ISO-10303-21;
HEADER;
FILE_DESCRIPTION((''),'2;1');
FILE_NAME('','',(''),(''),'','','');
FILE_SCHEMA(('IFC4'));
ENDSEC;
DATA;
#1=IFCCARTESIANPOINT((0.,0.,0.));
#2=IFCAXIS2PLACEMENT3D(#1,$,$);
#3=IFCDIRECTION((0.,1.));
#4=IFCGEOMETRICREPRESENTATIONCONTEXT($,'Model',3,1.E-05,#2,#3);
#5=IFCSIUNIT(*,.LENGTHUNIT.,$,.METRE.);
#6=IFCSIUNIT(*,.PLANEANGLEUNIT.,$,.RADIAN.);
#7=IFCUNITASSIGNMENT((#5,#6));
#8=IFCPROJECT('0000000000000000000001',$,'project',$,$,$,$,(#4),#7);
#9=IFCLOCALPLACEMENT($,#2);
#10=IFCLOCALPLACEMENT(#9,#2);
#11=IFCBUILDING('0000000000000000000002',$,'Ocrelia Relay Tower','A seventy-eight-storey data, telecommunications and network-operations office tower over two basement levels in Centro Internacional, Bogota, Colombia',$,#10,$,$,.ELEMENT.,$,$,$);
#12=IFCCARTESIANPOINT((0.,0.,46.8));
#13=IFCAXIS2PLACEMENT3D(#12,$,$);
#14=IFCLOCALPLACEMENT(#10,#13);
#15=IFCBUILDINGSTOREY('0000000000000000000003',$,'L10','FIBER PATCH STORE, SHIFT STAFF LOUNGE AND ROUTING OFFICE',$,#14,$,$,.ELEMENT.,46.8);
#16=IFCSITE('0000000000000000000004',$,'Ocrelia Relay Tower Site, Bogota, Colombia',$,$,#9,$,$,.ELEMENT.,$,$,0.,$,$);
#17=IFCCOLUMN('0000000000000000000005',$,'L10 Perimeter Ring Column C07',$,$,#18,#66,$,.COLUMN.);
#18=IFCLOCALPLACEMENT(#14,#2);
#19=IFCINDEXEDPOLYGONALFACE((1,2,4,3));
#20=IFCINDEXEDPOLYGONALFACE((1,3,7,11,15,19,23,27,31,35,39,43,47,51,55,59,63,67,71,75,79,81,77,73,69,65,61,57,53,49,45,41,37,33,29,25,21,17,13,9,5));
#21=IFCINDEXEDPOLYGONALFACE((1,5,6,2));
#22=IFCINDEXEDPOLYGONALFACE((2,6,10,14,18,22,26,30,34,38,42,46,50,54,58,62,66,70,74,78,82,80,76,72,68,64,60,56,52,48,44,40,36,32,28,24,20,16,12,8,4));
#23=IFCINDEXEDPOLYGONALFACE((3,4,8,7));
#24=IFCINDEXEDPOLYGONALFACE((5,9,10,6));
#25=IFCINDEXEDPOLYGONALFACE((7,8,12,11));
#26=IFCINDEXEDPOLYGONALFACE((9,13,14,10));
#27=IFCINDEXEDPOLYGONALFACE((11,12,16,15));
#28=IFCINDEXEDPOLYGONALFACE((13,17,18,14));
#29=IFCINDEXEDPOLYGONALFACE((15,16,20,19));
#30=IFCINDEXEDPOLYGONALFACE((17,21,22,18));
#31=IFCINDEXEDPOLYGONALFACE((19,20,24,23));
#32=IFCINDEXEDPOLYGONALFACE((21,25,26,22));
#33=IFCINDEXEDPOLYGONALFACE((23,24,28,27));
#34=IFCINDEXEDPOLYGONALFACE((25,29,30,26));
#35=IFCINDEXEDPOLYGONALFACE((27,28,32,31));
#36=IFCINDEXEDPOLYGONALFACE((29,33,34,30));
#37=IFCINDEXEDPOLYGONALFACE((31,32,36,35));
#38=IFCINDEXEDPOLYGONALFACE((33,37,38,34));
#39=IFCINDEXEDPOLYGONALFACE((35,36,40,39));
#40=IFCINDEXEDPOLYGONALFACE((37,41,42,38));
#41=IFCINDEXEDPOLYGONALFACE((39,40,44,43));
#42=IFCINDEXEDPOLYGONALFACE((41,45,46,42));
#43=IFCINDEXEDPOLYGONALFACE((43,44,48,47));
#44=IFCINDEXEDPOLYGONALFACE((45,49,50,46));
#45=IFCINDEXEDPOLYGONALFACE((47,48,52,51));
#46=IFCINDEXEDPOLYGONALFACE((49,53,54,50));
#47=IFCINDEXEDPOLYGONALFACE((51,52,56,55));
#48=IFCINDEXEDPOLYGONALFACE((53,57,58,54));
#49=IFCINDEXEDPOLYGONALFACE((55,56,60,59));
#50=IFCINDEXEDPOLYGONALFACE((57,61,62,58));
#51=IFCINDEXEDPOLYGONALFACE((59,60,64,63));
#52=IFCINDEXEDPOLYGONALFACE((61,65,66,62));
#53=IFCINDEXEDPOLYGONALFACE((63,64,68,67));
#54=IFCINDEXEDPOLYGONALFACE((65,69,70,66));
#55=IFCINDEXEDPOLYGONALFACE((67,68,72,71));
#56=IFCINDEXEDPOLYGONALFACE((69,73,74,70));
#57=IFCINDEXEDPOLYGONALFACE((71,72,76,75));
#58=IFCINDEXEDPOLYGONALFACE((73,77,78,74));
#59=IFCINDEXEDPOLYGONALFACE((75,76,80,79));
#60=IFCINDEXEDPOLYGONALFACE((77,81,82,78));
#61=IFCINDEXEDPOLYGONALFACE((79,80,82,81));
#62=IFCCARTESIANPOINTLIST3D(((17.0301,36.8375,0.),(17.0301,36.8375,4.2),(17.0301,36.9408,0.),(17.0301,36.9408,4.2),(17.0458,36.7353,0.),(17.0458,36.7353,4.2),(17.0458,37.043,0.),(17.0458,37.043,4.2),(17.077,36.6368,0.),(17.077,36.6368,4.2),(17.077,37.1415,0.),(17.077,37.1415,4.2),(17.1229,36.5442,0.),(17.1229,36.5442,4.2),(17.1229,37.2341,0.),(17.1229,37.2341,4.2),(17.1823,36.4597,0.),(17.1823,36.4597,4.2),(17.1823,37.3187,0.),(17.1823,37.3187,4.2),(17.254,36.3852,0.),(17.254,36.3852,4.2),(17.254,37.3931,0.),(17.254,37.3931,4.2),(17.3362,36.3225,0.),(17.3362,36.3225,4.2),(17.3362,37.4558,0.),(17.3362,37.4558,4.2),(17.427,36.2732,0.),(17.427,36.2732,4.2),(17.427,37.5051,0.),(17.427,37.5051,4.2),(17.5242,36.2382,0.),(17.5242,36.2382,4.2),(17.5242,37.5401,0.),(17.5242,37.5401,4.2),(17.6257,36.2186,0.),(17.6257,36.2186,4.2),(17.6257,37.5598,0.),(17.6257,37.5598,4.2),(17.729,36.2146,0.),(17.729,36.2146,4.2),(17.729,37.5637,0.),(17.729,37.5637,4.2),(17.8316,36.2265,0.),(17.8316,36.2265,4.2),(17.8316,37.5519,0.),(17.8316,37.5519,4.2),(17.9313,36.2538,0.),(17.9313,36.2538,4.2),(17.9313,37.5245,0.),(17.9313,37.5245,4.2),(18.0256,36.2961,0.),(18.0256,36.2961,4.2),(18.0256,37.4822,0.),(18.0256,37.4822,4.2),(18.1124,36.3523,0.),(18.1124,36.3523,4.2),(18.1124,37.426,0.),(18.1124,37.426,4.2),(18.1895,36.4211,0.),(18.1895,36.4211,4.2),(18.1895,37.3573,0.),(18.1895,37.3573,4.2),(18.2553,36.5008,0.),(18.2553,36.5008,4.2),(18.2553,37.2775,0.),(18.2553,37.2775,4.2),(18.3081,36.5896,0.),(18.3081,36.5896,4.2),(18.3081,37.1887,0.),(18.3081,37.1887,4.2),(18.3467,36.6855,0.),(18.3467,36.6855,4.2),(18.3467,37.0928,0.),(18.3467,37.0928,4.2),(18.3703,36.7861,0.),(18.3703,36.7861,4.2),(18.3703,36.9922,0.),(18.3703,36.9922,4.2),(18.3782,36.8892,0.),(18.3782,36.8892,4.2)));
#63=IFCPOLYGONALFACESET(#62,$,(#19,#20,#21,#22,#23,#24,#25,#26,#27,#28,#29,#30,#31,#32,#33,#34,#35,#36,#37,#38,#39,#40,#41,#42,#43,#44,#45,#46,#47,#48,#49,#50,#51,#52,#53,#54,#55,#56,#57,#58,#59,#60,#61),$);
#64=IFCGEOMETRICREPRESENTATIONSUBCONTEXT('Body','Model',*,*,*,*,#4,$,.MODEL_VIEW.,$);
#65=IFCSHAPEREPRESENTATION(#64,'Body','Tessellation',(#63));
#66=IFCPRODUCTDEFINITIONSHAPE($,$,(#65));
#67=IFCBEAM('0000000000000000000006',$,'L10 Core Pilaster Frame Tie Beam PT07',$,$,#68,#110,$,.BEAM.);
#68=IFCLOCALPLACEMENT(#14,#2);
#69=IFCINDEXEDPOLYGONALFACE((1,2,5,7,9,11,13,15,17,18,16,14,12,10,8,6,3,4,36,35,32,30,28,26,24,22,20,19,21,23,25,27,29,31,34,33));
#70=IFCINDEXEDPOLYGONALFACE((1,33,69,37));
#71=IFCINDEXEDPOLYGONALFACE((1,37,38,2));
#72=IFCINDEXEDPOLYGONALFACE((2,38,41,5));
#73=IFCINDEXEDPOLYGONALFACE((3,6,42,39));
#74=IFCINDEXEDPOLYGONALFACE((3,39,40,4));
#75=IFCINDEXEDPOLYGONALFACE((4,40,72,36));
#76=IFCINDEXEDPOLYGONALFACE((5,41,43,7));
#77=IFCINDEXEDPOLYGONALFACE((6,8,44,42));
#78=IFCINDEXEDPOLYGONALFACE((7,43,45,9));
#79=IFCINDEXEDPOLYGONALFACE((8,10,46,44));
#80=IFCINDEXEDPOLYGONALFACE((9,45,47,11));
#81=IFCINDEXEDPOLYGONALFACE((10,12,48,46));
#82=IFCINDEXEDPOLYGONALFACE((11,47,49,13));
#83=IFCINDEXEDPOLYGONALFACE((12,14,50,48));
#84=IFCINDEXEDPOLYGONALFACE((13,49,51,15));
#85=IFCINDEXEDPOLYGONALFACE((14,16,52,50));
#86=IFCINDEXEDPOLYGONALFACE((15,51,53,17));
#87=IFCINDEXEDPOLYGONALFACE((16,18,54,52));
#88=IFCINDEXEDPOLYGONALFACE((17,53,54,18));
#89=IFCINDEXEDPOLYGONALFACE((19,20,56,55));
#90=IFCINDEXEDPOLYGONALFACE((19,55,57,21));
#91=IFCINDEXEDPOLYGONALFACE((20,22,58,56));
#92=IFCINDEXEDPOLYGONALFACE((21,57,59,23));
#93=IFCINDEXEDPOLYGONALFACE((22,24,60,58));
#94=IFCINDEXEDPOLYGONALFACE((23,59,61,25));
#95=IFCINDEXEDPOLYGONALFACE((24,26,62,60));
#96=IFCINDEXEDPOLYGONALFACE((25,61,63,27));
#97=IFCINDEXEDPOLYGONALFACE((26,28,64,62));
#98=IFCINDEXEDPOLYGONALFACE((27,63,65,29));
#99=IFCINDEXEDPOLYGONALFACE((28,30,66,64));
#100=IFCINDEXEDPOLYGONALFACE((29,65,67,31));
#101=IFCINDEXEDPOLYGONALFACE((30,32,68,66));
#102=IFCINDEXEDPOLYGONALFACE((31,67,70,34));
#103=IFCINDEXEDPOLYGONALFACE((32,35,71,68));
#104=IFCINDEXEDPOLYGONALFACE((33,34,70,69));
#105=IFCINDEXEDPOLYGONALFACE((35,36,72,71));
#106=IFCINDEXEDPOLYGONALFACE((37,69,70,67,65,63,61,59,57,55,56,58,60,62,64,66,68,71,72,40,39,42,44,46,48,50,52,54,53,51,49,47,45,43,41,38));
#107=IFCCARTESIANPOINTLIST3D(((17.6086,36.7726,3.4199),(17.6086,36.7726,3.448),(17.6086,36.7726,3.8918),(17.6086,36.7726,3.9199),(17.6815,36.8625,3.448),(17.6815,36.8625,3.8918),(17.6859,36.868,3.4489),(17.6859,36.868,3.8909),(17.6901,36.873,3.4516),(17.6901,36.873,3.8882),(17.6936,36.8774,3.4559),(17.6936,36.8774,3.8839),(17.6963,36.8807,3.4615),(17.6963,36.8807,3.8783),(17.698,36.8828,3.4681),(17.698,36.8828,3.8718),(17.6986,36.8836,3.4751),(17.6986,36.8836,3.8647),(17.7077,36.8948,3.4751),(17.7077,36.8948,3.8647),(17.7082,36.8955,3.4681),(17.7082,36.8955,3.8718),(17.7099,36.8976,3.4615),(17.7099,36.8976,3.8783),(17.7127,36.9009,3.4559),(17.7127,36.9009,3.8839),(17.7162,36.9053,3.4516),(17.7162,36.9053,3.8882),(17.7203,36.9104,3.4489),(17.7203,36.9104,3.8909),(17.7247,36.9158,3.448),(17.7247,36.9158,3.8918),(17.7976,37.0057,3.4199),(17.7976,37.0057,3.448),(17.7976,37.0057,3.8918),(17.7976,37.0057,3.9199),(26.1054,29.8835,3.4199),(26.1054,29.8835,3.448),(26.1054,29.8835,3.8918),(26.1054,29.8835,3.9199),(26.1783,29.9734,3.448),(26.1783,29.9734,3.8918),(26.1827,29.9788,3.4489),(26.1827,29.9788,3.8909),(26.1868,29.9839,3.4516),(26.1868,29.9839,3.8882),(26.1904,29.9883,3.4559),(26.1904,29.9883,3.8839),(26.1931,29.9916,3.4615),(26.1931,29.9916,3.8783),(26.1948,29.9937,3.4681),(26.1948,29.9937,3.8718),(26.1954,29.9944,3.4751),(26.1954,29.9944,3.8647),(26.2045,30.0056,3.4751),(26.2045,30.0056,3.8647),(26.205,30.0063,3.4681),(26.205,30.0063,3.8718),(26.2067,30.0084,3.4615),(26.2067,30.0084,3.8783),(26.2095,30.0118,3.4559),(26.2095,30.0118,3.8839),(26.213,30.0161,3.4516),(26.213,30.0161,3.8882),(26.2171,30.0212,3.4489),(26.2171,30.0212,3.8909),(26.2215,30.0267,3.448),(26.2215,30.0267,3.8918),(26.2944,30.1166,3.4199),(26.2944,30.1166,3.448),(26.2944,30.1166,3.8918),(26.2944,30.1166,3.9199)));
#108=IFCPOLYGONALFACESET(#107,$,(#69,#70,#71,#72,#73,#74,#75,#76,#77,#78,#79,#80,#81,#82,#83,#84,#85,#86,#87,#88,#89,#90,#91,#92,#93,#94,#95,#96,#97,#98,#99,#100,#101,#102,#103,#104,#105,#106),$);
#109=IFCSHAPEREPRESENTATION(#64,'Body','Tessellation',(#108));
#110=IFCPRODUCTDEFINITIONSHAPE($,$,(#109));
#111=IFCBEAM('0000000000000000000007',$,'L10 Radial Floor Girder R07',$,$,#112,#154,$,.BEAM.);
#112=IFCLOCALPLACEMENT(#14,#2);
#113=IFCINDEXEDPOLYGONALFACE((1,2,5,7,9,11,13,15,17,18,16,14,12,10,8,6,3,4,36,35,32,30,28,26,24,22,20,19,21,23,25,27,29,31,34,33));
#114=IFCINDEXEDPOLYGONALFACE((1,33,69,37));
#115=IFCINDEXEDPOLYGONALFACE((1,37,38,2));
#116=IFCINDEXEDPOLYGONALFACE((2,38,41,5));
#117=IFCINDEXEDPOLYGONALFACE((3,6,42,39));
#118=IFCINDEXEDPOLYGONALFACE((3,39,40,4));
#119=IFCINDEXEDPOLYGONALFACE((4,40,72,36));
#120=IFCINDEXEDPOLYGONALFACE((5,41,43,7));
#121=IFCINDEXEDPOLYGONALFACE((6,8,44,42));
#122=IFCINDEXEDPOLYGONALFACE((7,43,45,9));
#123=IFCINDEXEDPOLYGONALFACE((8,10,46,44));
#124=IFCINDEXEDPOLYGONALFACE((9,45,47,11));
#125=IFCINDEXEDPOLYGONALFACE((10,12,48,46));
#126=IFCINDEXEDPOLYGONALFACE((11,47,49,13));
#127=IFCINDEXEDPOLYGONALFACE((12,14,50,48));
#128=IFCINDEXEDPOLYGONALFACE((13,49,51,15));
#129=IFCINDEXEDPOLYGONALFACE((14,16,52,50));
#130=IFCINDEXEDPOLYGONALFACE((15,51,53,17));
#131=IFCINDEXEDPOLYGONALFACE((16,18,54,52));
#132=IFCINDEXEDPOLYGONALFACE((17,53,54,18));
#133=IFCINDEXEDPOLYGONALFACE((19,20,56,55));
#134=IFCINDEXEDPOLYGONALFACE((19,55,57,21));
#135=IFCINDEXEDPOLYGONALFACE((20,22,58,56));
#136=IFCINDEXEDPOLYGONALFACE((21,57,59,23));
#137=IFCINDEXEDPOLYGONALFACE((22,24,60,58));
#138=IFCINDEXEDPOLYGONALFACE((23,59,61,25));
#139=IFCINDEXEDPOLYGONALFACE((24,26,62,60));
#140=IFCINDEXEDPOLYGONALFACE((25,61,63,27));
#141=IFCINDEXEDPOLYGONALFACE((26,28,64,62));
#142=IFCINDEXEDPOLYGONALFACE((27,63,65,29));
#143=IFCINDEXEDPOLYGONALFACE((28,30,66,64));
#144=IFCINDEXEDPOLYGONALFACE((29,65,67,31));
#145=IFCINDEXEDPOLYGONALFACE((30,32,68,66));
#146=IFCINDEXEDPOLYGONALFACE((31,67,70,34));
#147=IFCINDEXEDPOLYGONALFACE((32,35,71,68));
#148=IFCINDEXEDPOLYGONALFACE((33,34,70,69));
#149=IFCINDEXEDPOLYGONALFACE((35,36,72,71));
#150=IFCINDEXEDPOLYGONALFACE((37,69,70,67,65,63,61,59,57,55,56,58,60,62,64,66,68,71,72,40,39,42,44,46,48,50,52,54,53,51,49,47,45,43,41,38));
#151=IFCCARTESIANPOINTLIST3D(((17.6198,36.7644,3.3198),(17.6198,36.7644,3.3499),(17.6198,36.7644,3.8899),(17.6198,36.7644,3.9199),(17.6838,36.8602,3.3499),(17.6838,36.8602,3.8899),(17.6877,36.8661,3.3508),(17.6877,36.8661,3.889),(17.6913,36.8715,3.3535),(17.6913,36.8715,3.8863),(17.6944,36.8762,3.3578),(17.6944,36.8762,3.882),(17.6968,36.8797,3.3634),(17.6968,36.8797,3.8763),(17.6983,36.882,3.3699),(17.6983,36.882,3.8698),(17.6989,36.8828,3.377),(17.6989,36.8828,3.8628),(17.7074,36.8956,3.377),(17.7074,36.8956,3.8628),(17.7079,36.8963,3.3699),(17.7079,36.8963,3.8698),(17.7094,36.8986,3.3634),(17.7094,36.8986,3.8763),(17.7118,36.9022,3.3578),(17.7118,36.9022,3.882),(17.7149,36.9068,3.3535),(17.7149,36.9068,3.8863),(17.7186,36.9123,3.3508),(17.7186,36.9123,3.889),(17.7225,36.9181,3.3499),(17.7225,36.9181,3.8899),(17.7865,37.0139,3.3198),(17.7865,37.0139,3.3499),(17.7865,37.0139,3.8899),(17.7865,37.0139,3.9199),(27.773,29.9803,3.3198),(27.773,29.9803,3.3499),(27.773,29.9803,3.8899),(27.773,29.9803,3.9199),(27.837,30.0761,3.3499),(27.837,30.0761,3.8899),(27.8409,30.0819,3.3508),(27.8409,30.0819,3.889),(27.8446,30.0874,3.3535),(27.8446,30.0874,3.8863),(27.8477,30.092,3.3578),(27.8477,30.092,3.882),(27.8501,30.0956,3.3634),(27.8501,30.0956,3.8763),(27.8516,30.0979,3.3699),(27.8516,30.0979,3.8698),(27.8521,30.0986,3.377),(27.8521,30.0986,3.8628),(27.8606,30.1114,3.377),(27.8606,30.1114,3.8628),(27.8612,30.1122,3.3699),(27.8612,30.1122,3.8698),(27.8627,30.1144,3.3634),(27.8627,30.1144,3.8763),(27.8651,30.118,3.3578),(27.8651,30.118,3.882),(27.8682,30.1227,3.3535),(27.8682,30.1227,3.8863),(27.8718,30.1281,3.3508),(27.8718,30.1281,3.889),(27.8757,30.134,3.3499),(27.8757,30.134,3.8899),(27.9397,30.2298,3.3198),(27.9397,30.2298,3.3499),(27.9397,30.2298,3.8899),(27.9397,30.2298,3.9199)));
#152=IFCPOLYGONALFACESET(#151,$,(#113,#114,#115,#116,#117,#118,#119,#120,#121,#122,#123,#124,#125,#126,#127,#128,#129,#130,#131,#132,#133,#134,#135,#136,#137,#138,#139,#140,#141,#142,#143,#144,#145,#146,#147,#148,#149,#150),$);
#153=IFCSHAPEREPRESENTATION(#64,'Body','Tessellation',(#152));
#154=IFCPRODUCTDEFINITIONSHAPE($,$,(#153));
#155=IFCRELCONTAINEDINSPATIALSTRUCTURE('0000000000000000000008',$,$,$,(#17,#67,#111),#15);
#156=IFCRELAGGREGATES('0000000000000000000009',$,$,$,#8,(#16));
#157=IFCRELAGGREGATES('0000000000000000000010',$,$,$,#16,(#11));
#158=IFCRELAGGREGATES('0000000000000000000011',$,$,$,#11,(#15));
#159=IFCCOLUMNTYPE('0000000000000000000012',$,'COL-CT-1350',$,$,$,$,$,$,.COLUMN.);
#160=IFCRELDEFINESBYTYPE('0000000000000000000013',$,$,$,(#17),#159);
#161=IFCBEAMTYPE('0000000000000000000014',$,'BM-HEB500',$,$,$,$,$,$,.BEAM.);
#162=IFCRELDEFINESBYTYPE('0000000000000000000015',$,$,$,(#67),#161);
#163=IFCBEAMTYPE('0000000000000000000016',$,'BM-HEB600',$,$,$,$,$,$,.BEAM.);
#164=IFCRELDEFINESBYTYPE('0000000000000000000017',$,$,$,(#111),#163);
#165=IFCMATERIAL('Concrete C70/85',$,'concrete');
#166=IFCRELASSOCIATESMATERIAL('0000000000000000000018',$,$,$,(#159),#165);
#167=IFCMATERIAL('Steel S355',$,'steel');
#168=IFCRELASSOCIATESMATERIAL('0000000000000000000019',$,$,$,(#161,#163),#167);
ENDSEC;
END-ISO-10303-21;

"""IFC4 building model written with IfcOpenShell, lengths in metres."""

from ifc_helpers import new_model, si_unit, direction, frame, origin, origin_2d, place, context, subcontext, project, spatial, circle, i_section, extrude, material, material_profile, profile_set, type_object, element, save


model = new_model("IFC4")

# Units and contexts
model_context = context("Model", 3, precision=1e-05, world=origin(), true_north=direction((0.0, 1.0)))
body_context = subcontext(model_context, "Body", "Model", "MODEL_VIEW")
ifc_project = project(units=[si_unit("LENGTHUNIT", "METRE"), si_unit("PLANEANGLEUNIT", "RADIAN")], contexts=[model_context])

# Site, building, storey
site_placement = place(None, origin())
site = spatial("IfcSite", under=ifc_project, at=site_placement, Name="Ocrelia Relay Tower Site, Bogota, Colombia", CompositionType="ELEMENT", RefElevation=0.0)
building_placement = place(site_placement, origin())
building = spatial("IfcBuilding", under=site, at=building_placement, Name="Ocrelia Relay Tower", Description="A seventy-eight-storey data, telecommunications and network-operations office tower over two basement levels in Centro Internacional, Bogota, Colombia", CompositionType="ELEMENT")
storey_placement = place(building_placement, frame((0.0, 0.0, 46.8)))
storey = spatial("IfcBuildingStorey", under=building, at=storey_placement, Name="L10", Description="FIBER PATCH STORE, SHIFT STAFF LOUNGE AND ROUTING OFFICE", CompositionType="ELEMENT", Elevation=46.8)

# Column
ifc_material_1 = material(Name="Concrete C70/85", Category="concrete")
ifc_material_profile_1 = material_profile(ifc_material_1, circle(Radius=0.675, at=origin_2d()), Name="RC-CIR-1350")
ifc_profile_set_1 = profile_set([ifc_material_profile_1], Name="Concrete C70/85")
column_type = type_object("IfcColumnType", Name="COL-CT-1350", PredefinedType="COLUMN", material=ifc_profile_set_1)
column_placement = place(storey_placement, frame((17.7031, 36.8892, 0.0), z_axis=(0.0, 0.0, 1.0), x_axis=(1.0, 0.0, 0.0)))
element("IfcColumn", 1, at=column_placement, inside=storey, type_object=column_type, Name="L10 Perimeter Ring Column C07", PredefinedType="COLUMN", context=body_context, shape_type="SweptSolid", body=[
    extrude(circle(Radius=0.675, at=origin_2d()), origin(), (0.0, 0.0, 1.0), 4.2),
])

# Beams
ifc_material_2 = material(Name="Steel S355", Category="steel")
ifc_material_profile_2 = material_profile(ifc_material_2, i_section(OverallWidth=0.3, OverallDepth=0.5, WebThickness=0.0144, FlangeThickness=0.0281, FilletRadius=0.0271, at=origin_2d()), Name="HEB 500")
ifc_profile_set_2 = profile_set([ifc_material_profile_2], Name="Steel S355")
beam_type_1 = type_object("IfcBeamType", Name="BM-HEB500", PredefinedType="BEAM", material=ifc_profile_set_2)
beam_1_placement = place(storey_placement, frame((17.7031, 36.8892, 3.6699), z_axis=(0.776763, -0.629793, 0.0), x_axis=(0.629793, 0.776763, 0.0)))
element("IfcBeam", 2, at=beam_1_placement, inside=storey, type_object=beam_type_1, Name="L10 Core Pilaster Frame Tie Beam PT07", PredefinedType="BEAM", context=body_context, shape_type="SweptSolid", body=[
    extrude(i_section(OverallWidth=0.3, OverallDepth=0.5, WebThickness=0.0144, FlangeThickness=0.0281, FilletRadius=0.0271, at=origin_2d()), origin(), (0.0, 0.0, 1.0), 10.9387),
])
ifc_material_profile_3 = material_profile(ifc_material_2, i_section(OverallWidth=0.3, OverallDepth=0.6001, WebThickness=0.0154, FlangeThickness=0.03, FilletRadius=0.0271, at=origin_2d()), Name="HEB 600")
ifc_profile_set_3 = profile_set([ifc_material_profile_3], Name="Steel S355")
beam_type_2 = type_object("IfcBeamType", Name="BM-HEB600", PredefinedType="BEAM", material=ifc_profile_set_3)
beam_2_placement = place(storey_placement, frame((17.7031, 36.8892, 3.6199), z_axis=(0.831472, -0.555567, 0.0), x_axis=(0.555567, 0.831472, 0.0)))
element("IfcBeam", 3, at=beam_2_placement, inside=storey, type_object=beam_type_2, Name="L10 Radial Floor Girder R07", PredefinedType="BEAM", context=body_context, shape_type="SweptSolid", body=[
    extrude(i_section(OverallWidth=0.3, OverallDepth=0.6001, WebThickness=0.0154, FlangeThickness=0.03, FilletRadius=0.0271, at=origin_2d()), origin(), (0.0, 0.0, 1.0), 12.2112),
])

save(model, "model.ifc")
